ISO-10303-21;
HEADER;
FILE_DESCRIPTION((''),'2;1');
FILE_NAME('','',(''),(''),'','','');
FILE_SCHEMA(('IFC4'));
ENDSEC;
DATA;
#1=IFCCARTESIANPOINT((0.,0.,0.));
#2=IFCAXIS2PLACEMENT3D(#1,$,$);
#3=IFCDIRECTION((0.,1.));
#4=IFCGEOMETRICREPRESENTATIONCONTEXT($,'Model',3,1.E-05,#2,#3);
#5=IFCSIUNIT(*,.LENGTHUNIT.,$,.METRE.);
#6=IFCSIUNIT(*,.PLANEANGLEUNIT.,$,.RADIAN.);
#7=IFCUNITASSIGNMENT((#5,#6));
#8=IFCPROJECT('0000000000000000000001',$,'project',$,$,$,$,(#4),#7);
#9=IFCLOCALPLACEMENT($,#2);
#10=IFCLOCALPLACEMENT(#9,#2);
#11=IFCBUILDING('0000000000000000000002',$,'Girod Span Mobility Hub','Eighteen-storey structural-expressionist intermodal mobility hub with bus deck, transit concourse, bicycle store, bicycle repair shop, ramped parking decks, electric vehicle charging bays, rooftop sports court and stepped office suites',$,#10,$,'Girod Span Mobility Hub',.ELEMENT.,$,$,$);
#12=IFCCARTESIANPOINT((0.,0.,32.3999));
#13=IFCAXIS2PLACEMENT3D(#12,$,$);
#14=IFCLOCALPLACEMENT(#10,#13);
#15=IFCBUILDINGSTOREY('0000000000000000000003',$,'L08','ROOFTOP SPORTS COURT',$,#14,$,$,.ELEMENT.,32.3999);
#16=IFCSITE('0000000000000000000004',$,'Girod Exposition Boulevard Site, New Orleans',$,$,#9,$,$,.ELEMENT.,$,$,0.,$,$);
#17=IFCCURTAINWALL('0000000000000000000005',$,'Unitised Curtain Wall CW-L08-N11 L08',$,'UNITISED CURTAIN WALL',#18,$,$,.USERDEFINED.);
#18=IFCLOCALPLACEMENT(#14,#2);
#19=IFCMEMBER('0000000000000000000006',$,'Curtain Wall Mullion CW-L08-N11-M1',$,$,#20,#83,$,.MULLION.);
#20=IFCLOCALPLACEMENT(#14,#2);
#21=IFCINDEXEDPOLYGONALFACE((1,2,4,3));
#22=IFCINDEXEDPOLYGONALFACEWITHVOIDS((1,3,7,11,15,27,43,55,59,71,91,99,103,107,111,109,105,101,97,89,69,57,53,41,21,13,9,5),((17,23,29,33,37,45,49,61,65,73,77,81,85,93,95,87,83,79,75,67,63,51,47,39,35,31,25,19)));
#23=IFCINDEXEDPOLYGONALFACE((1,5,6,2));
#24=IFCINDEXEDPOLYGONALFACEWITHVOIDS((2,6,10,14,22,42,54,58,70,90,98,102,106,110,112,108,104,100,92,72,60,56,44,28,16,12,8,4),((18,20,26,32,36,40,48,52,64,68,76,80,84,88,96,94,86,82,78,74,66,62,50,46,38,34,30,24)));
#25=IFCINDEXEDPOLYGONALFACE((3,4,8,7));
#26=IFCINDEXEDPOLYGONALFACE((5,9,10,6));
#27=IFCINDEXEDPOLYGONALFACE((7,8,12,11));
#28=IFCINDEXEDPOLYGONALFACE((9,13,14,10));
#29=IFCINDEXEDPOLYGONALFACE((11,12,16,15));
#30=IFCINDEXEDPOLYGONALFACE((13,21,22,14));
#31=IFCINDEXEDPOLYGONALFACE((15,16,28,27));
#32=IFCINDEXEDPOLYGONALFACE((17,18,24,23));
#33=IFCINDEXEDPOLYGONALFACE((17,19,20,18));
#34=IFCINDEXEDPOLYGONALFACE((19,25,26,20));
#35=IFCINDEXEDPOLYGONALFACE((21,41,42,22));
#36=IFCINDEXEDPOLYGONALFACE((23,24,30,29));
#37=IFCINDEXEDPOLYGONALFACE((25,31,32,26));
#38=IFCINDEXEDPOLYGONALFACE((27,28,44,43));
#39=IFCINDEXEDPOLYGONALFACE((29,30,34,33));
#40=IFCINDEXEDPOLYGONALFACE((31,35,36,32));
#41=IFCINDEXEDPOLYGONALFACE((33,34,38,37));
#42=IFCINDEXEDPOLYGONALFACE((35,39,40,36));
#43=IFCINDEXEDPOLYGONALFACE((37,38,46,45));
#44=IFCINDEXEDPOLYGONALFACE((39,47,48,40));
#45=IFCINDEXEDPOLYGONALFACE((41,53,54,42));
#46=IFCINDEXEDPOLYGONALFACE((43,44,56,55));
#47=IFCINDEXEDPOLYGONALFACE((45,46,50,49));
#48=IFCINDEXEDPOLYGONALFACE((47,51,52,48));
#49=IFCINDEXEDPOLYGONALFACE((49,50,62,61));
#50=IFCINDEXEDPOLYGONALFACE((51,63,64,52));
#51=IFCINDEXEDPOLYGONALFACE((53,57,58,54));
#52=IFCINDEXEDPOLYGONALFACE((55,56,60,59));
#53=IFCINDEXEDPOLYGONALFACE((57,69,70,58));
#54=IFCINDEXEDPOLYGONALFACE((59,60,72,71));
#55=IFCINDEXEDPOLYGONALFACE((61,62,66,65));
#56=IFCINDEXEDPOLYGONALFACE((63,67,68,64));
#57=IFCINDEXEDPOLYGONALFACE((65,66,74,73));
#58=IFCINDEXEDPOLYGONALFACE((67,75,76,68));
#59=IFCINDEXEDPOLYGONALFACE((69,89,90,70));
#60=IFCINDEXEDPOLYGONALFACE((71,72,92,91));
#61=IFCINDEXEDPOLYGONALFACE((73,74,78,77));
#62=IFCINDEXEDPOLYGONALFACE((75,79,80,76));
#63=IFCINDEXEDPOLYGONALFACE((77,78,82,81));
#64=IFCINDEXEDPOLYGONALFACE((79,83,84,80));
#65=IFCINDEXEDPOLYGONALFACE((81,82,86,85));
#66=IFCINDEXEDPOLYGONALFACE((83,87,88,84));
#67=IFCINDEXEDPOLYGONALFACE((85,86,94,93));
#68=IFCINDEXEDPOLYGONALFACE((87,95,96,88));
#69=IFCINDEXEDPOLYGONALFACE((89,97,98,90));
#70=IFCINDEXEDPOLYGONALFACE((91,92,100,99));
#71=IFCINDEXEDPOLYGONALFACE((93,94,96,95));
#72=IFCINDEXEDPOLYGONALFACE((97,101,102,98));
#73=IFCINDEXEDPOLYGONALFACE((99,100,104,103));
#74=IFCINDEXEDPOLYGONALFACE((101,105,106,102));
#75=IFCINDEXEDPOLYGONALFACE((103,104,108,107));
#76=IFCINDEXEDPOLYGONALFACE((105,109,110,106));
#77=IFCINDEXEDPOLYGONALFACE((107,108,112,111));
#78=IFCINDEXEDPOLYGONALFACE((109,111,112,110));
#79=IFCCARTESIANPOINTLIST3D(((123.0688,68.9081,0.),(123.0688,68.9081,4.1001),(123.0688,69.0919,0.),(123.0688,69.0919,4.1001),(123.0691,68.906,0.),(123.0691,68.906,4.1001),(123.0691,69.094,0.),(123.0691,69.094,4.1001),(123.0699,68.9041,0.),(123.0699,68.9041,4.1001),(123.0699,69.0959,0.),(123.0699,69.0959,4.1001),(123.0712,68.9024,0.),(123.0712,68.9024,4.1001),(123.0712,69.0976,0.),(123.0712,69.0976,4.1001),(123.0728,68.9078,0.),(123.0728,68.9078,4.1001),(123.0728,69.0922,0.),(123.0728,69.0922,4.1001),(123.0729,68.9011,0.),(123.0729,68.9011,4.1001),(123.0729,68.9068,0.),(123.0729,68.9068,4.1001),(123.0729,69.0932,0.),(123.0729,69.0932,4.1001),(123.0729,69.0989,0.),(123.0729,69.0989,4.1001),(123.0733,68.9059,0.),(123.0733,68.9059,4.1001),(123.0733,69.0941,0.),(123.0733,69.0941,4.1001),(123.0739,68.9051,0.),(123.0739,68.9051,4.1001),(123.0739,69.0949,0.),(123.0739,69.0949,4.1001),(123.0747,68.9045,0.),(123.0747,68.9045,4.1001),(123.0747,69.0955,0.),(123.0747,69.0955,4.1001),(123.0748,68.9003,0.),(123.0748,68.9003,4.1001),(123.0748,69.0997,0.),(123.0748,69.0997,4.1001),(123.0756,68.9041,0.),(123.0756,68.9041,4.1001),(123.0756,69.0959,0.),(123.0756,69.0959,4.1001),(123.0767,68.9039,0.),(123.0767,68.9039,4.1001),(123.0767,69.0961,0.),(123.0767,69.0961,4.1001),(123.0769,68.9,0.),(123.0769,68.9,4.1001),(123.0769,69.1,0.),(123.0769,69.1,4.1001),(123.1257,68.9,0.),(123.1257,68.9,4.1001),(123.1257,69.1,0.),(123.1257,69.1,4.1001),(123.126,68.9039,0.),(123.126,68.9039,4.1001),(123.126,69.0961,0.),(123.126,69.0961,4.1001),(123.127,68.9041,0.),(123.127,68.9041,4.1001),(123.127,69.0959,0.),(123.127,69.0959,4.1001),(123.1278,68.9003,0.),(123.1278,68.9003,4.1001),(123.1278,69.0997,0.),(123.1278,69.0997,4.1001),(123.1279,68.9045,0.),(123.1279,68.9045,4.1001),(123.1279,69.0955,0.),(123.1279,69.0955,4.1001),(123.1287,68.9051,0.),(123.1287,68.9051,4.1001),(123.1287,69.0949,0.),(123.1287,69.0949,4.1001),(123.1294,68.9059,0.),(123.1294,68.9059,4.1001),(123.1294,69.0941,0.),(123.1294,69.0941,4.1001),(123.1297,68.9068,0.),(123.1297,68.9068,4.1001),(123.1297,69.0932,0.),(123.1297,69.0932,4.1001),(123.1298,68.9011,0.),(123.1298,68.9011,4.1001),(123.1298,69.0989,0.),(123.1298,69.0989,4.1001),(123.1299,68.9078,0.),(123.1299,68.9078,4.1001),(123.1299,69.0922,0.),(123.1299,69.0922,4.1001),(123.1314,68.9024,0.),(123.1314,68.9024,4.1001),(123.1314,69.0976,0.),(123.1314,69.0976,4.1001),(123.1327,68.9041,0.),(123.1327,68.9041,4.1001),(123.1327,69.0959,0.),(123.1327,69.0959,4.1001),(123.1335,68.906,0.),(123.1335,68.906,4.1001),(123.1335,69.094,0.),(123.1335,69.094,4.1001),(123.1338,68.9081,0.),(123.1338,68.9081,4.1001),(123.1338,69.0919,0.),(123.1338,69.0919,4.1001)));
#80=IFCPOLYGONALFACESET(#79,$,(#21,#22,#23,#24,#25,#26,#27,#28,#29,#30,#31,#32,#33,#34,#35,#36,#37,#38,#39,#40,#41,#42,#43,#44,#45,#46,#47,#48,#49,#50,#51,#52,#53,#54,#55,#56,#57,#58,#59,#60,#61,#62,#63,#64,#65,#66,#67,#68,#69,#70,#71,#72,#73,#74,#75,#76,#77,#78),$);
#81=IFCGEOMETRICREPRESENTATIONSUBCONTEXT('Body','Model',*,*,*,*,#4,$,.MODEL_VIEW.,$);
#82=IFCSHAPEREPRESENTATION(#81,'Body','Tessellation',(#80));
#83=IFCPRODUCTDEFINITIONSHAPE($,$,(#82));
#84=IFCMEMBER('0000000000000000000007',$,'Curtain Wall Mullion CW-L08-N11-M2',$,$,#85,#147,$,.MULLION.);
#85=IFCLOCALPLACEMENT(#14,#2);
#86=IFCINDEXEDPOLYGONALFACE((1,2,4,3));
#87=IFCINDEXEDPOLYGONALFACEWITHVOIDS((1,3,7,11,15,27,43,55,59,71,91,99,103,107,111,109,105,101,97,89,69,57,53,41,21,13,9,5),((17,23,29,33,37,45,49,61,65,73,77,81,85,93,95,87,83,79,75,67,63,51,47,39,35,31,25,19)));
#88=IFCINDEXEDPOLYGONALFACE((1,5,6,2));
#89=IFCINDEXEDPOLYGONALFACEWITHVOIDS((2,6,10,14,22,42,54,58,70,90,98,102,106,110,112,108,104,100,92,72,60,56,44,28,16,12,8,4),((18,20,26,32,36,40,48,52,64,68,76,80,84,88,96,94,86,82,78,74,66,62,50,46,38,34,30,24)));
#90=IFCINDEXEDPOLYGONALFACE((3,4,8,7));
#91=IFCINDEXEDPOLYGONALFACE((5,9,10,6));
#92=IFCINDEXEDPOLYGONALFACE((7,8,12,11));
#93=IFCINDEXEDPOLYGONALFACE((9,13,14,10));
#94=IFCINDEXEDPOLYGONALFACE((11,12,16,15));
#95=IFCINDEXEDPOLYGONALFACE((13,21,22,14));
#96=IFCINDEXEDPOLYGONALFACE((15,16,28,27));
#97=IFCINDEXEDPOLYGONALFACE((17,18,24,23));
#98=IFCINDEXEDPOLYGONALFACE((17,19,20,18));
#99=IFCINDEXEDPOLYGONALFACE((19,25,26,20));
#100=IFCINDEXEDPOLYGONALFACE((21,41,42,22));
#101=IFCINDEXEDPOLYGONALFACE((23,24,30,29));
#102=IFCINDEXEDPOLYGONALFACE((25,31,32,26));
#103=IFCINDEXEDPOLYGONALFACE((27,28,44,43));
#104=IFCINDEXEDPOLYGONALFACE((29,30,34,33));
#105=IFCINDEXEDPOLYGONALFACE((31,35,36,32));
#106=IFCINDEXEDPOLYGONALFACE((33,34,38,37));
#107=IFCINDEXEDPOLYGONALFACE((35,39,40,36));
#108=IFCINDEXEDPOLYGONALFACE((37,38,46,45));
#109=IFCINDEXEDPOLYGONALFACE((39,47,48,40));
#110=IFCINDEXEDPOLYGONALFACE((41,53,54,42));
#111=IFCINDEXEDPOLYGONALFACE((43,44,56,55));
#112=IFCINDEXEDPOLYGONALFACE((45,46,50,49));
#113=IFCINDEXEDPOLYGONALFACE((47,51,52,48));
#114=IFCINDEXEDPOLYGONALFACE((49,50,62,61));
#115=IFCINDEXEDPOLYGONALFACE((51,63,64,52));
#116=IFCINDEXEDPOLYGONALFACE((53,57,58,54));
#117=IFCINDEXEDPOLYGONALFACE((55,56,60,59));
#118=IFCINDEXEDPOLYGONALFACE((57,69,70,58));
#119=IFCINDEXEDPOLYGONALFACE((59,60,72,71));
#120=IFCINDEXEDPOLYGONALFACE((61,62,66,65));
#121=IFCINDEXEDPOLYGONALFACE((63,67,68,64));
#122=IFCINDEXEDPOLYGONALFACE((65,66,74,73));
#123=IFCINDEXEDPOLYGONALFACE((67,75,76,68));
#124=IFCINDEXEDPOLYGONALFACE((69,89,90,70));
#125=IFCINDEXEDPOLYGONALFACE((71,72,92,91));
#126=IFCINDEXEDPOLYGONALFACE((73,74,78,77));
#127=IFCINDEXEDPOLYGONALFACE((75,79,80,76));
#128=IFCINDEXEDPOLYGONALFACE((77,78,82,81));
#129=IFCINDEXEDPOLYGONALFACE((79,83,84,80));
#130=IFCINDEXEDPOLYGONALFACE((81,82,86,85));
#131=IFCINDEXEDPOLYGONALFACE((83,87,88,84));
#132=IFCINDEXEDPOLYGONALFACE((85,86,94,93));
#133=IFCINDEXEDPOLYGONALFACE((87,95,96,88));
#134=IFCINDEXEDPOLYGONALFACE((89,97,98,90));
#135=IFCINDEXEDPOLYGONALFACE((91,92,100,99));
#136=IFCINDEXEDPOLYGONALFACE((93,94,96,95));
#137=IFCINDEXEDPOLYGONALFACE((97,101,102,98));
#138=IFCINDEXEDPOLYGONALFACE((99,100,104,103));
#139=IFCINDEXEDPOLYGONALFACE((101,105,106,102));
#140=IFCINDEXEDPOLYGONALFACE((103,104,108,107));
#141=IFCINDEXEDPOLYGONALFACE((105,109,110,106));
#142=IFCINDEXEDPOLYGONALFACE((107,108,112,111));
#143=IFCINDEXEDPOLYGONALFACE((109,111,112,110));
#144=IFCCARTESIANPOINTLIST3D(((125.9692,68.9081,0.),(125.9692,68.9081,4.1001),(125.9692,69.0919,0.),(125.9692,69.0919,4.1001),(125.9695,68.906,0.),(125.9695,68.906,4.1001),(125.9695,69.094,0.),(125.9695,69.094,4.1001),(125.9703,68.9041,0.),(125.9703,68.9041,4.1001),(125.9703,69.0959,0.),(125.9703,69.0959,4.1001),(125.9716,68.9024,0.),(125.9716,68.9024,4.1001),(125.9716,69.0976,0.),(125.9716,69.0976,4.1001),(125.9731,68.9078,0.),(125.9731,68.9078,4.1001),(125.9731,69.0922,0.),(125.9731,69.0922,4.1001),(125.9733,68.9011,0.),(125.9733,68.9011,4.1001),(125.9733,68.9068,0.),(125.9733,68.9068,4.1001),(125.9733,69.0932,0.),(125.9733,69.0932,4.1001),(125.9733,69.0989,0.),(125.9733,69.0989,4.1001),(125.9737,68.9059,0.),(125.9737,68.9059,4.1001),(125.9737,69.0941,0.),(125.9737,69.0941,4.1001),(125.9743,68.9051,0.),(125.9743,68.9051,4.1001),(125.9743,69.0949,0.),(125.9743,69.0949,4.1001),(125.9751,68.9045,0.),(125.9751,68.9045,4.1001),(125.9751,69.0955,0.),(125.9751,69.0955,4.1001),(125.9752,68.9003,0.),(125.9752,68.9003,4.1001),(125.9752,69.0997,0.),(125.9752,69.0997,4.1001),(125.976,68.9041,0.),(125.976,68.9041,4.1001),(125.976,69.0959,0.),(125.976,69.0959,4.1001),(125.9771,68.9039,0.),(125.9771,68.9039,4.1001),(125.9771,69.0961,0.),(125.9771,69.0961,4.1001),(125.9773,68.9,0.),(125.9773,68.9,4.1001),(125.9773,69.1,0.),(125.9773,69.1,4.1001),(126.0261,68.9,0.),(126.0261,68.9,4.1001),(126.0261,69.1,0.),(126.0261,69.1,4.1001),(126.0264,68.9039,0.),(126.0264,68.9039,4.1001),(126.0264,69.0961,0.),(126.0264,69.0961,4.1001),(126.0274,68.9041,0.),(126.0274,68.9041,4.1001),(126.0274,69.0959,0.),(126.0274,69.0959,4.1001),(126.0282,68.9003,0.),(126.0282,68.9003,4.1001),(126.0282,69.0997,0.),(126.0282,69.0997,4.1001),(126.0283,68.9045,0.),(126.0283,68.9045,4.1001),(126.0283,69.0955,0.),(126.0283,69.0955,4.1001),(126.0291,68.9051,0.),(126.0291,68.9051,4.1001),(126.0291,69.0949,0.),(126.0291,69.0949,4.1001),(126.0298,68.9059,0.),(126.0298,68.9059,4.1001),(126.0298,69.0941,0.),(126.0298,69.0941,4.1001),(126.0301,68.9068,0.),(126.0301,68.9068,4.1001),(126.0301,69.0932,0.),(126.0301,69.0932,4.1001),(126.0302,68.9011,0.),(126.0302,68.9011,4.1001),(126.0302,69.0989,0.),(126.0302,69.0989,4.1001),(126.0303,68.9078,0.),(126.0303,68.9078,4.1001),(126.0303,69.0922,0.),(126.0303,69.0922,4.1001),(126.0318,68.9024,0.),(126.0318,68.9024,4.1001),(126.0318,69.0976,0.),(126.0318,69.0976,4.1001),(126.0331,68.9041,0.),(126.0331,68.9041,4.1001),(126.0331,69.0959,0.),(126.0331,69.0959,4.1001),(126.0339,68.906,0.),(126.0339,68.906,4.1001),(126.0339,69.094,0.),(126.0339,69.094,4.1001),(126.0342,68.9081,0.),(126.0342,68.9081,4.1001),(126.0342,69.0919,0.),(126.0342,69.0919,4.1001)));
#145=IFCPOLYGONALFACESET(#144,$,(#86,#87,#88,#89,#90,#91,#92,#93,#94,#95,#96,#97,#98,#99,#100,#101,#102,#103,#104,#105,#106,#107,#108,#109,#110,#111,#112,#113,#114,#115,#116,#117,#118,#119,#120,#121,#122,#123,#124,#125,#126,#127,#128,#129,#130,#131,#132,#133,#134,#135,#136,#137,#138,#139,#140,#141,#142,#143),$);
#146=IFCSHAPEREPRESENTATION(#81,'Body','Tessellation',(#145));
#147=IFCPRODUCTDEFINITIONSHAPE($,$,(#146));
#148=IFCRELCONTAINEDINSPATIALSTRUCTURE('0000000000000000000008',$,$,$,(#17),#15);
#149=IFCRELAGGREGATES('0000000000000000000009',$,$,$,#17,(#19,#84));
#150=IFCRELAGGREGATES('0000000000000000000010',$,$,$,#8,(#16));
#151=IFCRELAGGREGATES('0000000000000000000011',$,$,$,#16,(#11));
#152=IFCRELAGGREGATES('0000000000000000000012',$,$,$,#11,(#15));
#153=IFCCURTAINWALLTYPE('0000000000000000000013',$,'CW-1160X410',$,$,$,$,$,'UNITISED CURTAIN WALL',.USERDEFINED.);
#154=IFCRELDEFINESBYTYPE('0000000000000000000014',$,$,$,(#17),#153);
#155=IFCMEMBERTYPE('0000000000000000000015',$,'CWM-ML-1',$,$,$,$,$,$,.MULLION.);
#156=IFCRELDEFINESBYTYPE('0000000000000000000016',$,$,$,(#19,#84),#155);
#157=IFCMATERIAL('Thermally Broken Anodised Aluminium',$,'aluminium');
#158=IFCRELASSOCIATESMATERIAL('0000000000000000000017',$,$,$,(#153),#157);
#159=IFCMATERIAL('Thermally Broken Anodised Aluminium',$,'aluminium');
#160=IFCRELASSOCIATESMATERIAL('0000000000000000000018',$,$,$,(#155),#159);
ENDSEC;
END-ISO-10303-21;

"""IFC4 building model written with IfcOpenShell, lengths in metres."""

from ifc_helpers import new_model, si_unit, direction, frame, origin, origin_2d, place, context, subcontext, project, spatial, hollow_rectangle, extrude, material, material_profile, profile_set, type_object, element, aggregate, save


model = new_model("IFC4")

# Units and contexts
model_context = context("Model", 3, precision=1e-05, world=origin(), true_north=direction((0.0, 1.0)))
body_context = subcontext(model_context, "Body", "Model", "MODEL_VIEW")
ifc_project = project(units=[si_unit("LENGTHUNIT", "METRE"), si_unit("PLANEANGLEUNIT", "RADIAN")], contexts=[model_context])

# Site, building, storey
site_placement = place(None, origin())
site = spatial("IfcSite", under=ifc_project, at=site_placement, Name="Girod Exposition Boulevard Site, New Orleans", CompositionType="ELEMENT", RefElevation=0.0)
building_placement = place(site_placement, origin())
building = spatial("IfcBuilding", under=site, at=building_placement, Name="Girod Span Mobility Hub", Description="Eighteen-storey structural-expressionist intermodal mobility hub with bus deck, transit concourse, bicycle store, bicycle repair shop, ramped parking decks, electric vehicle charging bays, rooftop sports court and stepped office suites", LongName="Girod Span Mobility Hub", CompositionType="ELEMENT")
storey_placement = place(building_placement, frame((0.0, 0.0, 32.3999)))
storey = spatial("IfcBuildingStorey", under=building, at=storey_placement, Name="L08", Description="ROOFTOP SPORTS COURT", CompositionType="ELEMENT", Elevation=32.3999)

# Curtain wall, members
ifc_material_1 = material(Name="Thermally Broken Anodised Aluminium", Category="aluminium")
curtain_wall_type = type_object("IfcCurtainWallType", Name="CW-1160X410", ElementType="UNITISED CURTAIN WALL", PredefinedType="USERDEFINED", material=ifc_material_1)
curtain_wall_placement = place(storey_placement, origin())
curtain_wall = element("IfcCurtainWall", 1, at=curtain_wall_placement, inside=storey, type_object=curtain_wall_type, Name="Unitised Curtain Wall CW-L08-N11 L08", ObjectType="UNITISED CURTAIN WALL", PredefinedType="USERDEFINED")
ifc_material_2 = material(Name="Thermally Broken Anodised Aluminium", Category="aluminium")
ifc_material_profile_1 = material_profile(ifc_material_2, hollow_rectangle(XDim=0.2, YDim=0.0649, WallThickness=0.0039, InnerFilletRadius=0.0039, OuterFilletRadius=0.0081, at=origin_2d()), Name="CW-ML-65X200")
ifc_profile_set_1 = profile_set([ifc_material_profile_1], Name="Thermally Broken Anodised Aluminium")
member_type_1 = type_object("IfcMemberType", Name="CWM-ML-1", PredefinedType="MULLION", material=ifc_profile_set_1)
member_1_placement = place(storey_placement, frame((123.1013, 69.0, 0.0), z_axis=(0.0, 0.0, 1.0), x_axis=(0.0, 1.0, 0.0)))
member_1 = element("IfcMember", 2, at=member_1_placement, type_object=member_type_1, Name="Curtain Wall Mullion CW-L08-N11-M1", PredefinedType="MULLION", context=body_context, shape_type="SweptSolid", body=[
    extrude(hollow_rectangle(XDim=0.2, YDim=0.0649, WallThickness=0.0039, InnerFilletRadius=0.0039, OuterFilletRadius=0.0081, at=origin_2d()), origin(), (0.0, 0.0, 1.0), 4.1001),
])
member_2_placement = place(storey_placement, frame((126.0017, 69.0, 0.0), z_axis=(0.0, 0.0, 1.0), x_axis=(0.0, 1.0, 0.0)))
member_2 = element("IfcMember", 3, at=member_2_placement, type_object=member_type_1, Name="Curtain Wall Mullion CW-L08-N11-M2", PredefinedType="MULLION", context=body_context, shape_type="SweptSolid", body=[
    extrude(hollow_rectangle(XDim=0.2, YDim=0.0649, WallThickness=0.0039, InnerFilletRadius=0.0039, OuterFilletRadius=0.0081, at=origin_2d()), origin(), (0.0, 0.0, 1.0), 4.1001),
])

aggregate(curtain_wall, [member_1, member_2])

save(model, "model.ifc")
